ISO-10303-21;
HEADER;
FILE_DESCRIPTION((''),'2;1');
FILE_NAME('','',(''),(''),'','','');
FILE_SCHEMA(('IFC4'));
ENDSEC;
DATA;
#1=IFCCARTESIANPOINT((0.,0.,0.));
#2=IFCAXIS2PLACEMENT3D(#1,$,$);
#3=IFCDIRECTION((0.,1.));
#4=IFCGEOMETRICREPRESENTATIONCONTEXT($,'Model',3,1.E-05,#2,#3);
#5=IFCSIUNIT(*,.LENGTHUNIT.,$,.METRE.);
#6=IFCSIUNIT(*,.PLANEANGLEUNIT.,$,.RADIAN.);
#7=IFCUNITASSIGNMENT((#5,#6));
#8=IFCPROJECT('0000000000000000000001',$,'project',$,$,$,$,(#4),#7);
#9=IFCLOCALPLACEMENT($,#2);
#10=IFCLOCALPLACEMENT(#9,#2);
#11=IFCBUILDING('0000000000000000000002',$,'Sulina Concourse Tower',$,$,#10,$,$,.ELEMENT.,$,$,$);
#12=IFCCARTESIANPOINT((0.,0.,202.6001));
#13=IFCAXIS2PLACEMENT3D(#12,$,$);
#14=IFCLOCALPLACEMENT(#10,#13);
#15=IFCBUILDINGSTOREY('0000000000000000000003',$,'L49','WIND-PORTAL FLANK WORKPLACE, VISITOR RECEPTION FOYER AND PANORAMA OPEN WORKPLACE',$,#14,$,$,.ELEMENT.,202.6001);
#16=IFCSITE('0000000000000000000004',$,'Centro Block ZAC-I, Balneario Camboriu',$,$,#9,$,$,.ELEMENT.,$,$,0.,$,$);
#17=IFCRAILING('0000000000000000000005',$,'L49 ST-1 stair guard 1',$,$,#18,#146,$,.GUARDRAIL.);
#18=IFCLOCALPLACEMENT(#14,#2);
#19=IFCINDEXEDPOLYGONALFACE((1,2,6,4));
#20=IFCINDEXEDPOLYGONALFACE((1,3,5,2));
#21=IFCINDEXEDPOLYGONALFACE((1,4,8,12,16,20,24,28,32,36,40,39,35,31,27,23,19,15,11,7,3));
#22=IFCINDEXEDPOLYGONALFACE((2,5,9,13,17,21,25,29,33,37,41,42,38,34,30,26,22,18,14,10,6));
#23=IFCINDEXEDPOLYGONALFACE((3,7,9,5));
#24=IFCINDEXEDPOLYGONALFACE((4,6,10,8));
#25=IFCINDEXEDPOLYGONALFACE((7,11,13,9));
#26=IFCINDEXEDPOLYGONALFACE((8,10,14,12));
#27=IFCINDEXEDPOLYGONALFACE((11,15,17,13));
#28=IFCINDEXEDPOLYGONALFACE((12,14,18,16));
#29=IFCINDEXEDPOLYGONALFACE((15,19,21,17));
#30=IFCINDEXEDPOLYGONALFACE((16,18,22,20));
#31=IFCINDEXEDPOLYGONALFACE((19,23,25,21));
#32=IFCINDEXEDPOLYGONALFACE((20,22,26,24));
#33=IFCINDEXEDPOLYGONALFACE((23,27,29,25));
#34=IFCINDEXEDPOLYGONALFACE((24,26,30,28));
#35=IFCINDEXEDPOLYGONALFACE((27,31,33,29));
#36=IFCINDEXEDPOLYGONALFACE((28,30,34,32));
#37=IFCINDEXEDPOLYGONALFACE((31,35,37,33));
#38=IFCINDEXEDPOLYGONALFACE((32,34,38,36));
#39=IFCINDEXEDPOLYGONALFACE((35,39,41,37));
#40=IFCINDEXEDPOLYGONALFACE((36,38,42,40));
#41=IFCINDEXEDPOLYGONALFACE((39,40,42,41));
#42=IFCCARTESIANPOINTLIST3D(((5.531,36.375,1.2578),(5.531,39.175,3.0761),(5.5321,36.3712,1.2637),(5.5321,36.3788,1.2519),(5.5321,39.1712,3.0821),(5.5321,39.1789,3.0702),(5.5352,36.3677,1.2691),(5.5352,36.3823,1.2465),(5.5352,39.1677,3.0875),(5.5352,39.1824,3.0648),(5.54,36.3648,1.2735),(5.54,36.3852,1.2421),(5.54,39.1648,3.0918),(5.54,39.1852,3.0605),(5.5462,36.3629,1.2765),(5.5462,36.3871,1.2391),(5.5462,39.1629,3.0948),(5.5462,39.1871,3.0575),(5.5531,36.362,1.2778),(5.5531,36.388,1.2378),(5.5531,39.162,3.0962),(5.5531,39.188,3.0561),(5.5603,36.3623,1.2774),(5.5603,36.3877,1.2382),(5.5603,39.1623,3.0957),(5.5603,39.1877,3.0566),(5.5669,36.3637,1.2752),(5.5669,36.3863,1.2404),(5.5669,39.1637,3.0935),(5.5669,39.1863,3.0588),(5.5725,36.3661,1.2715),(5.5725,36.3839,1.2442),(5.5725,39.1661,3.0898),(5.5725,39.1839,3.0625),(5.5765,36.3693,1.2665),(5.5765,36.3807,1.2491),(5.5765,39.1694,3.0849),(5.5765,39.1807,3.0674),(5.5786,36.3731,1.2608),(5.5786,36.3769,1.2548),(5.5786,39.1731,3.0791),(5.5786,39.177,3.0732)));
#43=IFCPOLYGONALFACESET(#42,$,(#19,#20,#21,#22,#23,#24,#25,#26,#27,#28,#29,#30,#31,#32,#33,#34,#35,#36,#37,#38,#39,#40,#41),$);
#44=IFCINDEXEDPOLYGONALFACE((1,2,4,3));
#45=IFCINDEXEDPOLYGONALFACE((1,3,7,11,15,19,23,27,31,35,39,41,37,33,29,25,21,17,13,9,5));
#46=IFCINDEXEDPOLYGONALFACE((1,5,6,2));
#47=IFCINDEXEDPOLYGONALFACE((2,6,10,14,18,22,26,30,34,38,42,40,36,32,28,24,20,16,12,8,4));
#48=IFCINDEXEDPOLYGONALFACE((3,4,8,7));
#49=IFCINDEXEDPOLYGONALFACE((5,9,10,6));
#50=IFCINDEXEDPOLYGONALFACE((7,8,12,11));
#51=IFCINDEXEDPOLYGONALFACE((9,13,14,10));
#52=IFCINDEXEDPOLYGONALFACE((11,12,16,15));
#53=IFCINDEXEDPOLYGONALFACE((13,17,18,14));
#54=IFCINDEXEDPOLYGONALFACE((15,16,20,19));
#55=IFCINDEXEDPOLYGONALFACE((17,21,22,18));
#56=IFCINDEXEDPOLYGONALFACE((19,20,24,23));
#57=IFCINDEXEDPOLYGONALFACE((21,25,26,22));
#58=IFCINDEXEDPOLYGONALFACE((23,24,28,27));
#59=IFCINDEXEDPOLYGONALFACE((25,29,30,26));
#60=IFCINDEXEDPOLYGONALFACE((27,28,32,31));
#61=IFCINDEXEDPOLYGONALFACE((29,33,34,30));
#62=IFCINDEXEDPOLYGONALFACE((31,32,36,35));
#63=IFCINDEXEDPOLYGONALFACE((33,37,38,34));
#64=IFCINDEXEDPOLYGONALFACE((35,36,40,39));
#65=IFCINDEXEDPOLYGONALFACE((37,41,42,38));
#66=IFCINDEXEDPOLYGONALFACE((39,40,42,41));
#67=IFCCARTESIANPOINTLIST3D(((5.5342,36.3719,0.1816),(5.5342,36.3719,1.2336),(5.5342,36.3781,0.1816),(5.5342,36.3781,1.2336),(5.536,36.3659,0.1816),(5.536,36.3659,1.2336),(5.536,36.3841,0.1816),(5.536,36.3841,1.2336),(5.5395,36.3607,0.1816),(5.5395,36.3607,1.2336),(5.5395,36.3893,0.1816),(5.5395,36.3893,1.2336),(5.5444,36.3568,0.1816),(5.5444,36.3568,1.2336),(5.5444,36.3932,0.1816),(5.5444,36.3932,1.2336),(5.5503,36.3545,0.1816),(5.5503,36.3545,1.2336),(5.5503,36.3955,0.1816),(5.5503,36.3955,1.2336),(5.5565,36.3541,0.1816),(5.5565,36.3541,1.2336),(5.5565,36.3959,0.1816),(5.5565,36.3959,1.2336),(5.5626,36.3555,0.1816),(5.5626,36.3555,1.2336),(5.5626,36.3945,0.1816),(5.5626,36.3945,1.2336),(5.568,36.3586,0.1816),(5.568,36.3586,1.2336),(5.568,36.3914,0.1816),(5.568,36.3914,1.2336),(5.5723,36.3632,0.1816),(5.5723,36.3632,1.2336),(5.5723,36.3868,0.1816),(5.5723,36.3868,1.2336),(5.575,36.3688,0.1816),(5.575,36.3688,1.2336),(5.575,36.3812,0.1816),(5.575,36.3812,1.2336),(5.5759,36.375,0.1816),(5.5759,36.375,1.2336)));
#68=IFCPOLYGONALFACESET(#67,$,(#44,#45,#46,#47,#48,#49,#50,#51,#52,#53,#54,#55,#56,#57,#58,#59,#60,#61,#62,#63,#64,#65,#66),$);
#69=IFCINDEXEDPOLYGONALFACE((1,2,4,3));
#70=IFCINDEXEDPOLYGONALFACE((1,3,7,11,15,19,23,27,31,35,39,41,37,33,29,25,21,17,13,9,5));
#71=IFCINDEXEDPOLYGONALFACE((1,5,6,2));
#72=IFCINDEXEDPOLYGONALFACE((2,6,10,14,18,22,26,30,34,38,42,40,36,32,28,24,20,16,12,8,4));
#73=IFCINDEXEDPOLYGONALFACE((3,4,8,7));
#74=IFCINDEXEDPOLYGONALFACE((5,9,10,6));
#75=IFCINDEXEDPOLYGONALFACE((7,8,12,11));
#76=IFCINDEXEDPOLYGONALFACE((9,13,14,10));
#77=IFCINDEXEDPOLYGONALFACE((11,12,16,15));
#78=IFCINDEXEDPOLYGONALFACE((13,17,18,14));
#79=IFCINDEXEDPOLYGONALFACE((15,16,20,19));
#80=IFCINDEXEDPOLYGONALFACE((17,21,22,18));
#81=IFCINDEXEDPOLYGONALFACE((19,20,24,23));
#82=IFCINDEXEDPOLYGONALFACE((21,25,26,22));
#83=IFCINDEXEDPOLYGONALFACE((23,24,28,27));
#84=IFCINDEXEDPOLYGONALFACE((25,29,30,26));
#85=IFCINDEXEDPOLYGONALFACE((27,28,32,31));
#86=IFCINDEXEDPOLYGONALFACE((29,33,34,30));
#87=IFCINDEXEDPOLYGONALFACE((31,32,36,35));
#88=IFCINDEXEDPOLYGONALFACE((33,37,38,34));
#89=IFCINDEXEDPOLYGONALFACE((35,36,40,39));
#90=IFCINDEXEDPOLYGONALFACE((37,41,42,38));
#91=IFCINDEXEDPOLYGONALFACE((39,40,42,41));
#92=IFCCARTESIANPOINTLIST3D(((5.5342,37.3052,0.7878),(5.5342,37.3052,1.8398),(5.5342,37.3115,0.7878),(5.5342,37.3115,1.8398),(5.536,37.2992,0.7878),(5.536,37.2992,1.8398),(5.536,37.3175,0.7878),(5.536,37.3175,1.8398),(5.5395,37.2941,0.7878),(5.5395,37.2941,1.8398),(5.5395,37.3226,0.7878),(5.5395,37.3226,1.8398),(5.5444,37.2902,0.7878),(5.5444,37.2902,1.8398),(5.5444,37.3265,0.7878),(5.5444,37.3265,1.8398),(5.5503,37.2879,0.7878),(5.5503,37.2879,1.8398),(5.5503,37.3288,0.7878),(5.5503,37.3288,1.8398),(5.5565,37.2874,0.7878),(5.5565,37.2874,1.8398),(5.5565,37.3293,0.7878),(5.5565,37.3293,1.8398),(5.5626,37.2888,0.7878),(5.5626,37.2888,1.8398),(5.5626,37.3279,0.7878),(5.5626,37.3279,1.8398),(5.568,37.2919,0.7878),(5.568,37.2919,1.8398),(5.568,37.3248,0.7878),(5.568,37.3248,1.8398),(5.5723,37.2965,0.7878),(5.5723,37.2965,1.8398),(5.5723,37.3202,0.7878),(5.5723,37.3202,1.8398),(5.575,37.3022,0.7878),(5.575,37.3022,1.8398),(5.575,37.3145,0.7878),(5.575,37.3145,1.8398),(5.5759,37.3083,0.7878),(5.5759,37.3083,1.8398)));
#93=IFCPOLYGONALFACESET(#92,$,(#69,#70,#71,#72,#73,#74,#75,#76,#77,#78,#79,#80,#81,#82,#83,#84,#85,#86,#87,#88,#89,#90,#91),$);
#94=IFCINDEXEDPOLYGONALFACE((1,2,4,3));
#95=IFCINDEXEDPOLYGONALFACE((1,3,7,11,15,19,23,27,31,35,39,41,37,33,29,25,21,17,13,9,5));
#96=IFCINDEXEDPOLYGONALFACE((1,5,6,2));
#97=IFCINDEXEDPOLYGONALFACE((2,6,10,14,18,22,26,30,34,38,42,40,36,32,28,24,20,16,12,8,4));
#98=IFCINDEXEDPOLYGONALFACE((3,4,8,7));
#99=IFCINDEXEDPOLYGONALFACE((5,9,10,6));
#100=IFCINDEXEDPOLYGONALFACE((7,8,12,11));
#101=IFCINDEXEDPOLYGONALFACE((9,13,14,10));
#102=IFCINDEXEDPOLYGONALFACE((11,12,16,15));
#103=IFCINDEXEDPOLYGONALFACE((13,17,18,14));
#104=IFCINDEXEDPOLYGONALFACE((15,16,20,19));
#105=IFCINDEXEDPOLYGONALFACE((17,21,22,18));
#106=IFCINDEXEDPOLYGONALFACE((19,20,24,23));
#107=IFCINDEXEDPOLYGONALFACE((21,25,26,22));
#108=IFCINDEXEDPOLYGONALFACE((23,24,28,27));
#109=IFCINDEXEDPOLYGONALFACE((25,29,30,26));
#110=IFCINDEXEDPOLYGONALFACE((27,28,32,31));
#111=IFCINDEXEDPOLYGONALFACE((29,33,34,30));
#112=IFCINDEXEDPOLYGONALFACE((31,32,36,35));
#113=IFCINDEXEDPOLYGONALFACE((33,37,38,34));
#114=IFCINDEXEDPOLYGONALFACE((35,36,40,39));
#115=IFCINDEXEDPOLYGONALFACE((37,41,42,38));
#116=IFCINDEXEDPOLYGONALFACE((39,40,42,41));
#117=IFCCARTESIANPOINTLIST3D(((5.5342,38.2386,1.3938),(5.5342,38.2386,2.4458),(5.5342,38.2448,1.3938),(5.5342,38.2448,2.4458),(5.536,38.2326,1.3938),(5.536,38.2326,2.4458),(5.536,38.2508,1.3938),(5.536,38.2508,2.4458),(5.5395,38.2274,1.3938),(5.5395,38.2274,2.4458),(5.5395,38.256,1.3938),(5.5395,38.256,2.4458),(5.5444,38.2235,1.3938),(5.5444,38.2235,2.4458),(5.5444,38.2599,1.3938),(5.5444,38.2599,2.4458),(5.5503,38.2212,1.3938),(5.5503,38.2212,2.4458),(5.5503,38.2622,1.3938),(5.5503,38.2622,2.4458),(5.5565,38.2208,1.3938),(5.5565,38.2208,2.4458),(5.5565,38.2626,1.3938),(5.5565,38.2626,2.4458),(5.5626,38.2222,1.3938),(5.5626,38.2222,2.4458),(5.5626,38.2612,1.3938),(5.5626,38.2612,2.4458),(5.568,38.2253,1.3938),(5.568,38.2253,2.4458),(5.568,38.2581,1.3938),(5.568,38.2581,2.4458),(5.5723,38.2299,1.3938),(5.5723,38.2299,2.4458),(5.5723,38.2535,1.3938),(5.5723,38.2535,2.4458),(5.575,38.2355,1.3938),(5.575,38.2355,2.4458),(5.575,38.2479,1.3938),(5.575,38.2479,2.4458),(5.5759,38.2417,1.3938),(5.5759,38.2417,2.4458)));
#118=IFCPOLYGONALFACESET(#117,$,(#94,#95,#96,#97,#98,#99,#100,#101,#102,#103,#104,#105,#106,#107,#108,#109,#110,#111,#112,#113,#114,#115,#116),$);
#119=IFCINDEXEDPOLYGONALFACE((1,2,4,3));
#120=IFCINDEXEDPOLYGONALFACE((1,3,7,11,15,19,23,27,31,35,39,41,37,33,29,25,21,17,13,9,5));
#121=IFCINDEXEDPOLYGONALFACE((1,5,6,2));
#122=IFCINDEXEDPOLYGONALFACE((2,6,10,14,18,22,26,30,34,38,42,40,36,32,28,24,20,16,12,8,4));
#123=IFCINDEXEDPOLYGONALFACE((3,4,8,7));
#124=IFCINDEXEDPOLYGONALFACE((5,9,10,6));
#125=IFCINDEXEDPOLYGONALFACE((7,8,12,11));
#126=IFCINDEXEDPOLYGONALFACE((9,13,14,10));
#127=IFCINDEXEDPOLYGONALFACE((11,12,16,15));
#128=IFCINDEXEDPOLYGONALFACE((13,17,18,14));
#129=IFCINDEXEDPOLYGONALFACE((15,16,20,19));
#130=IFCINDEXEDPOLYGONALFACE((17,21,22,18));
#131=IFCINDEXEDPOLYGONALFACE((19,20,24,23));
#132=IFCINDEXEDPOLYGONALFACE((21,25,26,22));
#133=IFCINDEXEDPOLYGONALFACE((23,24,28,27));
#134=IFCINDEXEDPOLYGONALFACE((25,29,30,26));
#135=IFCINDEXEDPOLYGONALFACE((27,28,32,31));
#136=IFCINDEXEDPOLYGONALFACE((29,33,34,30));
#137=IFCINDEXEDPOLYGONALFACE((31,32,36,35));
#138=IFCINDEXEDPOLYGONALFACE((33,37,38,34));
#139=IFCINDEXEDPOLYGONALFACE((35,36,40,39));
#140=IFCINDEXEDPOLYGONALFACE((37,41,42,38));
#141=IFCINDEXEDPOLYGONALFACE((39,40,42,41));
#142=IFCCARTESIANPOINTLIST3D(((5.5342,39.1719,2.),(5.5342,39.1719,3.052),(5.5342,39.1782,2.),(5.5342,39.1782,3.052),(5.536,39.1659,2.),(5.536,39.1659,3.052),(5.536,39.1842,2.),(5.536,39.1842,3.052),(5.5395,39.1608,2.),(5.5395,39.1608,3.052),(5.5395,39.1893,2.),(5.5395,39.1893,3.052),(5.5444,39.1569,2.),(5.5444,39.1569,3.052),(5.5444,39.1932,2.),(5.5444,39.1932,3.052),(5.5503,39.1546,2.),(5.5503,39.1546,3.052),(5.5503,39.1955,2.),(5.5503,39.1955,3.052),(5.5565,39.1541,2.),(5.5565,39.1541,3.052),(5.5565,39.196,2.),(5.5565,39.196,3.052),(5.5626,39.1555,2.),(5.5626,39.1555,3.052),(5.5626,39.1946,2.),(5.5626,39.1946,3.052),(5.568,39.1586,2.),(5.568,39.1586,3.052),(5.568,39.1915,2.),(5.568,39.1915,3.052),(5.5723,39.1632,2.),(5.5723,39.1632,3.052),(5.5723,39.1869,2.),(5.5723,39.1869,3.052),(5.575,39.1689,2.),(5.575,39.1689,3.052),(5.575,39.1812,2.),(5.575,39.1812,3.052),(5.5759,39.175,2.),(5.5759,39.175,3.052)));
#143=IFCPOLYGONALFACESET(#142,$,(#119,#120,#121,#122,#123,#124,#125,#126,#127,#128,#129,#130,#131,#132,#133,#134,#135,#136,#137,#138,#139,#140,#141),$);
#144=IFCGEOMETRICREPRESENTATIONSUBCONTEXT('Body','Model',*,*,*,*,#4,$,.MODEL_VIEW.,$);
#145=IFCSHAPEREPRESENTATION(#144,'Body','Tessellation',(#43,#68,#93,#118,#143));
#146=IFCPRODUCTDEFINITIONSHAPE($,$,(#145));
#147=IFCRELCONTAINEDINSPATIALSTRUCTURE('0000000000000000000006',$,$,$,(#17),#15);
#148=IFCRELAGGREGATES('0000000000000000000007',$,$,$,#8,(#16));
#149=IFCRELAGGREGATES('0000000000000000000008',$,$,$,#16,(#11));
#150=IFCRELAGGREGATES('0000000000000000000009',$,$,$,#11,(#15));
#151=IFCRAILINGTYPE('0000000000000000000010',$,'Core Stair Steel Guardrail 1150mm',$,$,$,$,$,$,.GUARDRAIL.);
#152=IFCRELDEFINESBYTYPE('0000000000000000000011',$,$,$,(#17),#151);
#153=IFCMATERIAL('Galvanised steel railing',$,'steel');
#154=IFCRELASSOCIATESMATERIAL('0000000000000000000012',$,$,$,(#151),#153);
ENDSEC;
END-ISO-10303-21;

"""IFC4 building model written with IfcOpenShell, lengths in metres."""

from ifc_helpers import new_model, si_unit, direction, frame, origin, origin_2d, place, context, subcontext, project, spatial, circle, extrude, material, type_object, element, save


model = new_model("IFC4")

# Units and contexts
model_context = context("Model", 3, precision=1e-05, world=origin(), true_north=direction((0.0, 1.0)))
body_context = subcontext(model_context, "Body", "Model", "MODEL_VIEW")
ifc_project = project(units=[si_unit("LENGTHUNIT", "METRE"), si_unit("PLANEANGLEUNIT", "RADIAN")], contexts=[model_context])

# Site, building, storey
site_placement = place(None, origin())
site = spatial("IfcSite", under=ifc_project, at=site_placement, Name="Centro Block ZAC-I, Balneario Camboriu", CompositionType="ELEMENT", RefElevation=0.0)
building_placement = place(site_placement, origin())
building = spatial("IfcBuilding", under=site, at=building_placement, Name="Sulina Concourse Tower", CompositionType="ELEMENT")
storey_placement = place(building_placement, frame((0.0, 0.0, 202.6001)))
storey = spatial("IfcBuildingStorey", under=building, at=storey_placement, Name="L49", Description="WIND-PORTAL FLANK WORKPLACE, VISITOR RECEPTION FOYER AND PANORAMA OPEN WORKPLACE", CompositionType="ELEMENT", Elevation=202.6001)

# Railing
ifc_material_1 = material(Name="Galvanised steel railing", Category="steel")
railing_type_1 = type_object("IfcRailingType", Name="Core Stair Steel Guardrail 1150mm", PredefinedType="GUARDRAIL", material=ifc_material_1)
railing_1_placement = place(storey_placement, frame((5.5549, 36.375, 0.1816)))
element("IfcRailing", 1, at=railing_1_placement, inside=storey, type_object=railing_type_1, Name="L49 ST-1 stair guard 1", PredefinedType="GUARDRAIL", context=body_context, shape_type="SweptSolid", body=[
    extrude(circle(Radius=0.0239, at=origin_2d()), frame((0.0, 0.0, 1.0762), z_axis=(0.0, 0.838672, 0.544636), x_axis=(-1.0, 0.0, 0.0)), (0.0, 0.0, 1.0), 3.3386),
    extrude(circle(Radius=0.021, at=origin_2d()), origin(), (0.0, 0.0, 1.0), 1.052),
    extrude(circle(Radius=0.021, at=origin_2d()), frame((0.0, 0.9333, 0.6062)), (0.0, 0.0, 1.0), 1.052),
    extrude(circle(Radius=0.021, at=origin_2d()), frame((0.0, 1.8667, 1.2122)), (0.0, 0.0, 1.0), 1.052),
    extrude(circle(Radius=0.021, at=origin_2d()), frame((0.0, 2.8, 1.8184)), (0.0, 0.0, 1.0), 1.052),
])

save(model, "model.ifc")
